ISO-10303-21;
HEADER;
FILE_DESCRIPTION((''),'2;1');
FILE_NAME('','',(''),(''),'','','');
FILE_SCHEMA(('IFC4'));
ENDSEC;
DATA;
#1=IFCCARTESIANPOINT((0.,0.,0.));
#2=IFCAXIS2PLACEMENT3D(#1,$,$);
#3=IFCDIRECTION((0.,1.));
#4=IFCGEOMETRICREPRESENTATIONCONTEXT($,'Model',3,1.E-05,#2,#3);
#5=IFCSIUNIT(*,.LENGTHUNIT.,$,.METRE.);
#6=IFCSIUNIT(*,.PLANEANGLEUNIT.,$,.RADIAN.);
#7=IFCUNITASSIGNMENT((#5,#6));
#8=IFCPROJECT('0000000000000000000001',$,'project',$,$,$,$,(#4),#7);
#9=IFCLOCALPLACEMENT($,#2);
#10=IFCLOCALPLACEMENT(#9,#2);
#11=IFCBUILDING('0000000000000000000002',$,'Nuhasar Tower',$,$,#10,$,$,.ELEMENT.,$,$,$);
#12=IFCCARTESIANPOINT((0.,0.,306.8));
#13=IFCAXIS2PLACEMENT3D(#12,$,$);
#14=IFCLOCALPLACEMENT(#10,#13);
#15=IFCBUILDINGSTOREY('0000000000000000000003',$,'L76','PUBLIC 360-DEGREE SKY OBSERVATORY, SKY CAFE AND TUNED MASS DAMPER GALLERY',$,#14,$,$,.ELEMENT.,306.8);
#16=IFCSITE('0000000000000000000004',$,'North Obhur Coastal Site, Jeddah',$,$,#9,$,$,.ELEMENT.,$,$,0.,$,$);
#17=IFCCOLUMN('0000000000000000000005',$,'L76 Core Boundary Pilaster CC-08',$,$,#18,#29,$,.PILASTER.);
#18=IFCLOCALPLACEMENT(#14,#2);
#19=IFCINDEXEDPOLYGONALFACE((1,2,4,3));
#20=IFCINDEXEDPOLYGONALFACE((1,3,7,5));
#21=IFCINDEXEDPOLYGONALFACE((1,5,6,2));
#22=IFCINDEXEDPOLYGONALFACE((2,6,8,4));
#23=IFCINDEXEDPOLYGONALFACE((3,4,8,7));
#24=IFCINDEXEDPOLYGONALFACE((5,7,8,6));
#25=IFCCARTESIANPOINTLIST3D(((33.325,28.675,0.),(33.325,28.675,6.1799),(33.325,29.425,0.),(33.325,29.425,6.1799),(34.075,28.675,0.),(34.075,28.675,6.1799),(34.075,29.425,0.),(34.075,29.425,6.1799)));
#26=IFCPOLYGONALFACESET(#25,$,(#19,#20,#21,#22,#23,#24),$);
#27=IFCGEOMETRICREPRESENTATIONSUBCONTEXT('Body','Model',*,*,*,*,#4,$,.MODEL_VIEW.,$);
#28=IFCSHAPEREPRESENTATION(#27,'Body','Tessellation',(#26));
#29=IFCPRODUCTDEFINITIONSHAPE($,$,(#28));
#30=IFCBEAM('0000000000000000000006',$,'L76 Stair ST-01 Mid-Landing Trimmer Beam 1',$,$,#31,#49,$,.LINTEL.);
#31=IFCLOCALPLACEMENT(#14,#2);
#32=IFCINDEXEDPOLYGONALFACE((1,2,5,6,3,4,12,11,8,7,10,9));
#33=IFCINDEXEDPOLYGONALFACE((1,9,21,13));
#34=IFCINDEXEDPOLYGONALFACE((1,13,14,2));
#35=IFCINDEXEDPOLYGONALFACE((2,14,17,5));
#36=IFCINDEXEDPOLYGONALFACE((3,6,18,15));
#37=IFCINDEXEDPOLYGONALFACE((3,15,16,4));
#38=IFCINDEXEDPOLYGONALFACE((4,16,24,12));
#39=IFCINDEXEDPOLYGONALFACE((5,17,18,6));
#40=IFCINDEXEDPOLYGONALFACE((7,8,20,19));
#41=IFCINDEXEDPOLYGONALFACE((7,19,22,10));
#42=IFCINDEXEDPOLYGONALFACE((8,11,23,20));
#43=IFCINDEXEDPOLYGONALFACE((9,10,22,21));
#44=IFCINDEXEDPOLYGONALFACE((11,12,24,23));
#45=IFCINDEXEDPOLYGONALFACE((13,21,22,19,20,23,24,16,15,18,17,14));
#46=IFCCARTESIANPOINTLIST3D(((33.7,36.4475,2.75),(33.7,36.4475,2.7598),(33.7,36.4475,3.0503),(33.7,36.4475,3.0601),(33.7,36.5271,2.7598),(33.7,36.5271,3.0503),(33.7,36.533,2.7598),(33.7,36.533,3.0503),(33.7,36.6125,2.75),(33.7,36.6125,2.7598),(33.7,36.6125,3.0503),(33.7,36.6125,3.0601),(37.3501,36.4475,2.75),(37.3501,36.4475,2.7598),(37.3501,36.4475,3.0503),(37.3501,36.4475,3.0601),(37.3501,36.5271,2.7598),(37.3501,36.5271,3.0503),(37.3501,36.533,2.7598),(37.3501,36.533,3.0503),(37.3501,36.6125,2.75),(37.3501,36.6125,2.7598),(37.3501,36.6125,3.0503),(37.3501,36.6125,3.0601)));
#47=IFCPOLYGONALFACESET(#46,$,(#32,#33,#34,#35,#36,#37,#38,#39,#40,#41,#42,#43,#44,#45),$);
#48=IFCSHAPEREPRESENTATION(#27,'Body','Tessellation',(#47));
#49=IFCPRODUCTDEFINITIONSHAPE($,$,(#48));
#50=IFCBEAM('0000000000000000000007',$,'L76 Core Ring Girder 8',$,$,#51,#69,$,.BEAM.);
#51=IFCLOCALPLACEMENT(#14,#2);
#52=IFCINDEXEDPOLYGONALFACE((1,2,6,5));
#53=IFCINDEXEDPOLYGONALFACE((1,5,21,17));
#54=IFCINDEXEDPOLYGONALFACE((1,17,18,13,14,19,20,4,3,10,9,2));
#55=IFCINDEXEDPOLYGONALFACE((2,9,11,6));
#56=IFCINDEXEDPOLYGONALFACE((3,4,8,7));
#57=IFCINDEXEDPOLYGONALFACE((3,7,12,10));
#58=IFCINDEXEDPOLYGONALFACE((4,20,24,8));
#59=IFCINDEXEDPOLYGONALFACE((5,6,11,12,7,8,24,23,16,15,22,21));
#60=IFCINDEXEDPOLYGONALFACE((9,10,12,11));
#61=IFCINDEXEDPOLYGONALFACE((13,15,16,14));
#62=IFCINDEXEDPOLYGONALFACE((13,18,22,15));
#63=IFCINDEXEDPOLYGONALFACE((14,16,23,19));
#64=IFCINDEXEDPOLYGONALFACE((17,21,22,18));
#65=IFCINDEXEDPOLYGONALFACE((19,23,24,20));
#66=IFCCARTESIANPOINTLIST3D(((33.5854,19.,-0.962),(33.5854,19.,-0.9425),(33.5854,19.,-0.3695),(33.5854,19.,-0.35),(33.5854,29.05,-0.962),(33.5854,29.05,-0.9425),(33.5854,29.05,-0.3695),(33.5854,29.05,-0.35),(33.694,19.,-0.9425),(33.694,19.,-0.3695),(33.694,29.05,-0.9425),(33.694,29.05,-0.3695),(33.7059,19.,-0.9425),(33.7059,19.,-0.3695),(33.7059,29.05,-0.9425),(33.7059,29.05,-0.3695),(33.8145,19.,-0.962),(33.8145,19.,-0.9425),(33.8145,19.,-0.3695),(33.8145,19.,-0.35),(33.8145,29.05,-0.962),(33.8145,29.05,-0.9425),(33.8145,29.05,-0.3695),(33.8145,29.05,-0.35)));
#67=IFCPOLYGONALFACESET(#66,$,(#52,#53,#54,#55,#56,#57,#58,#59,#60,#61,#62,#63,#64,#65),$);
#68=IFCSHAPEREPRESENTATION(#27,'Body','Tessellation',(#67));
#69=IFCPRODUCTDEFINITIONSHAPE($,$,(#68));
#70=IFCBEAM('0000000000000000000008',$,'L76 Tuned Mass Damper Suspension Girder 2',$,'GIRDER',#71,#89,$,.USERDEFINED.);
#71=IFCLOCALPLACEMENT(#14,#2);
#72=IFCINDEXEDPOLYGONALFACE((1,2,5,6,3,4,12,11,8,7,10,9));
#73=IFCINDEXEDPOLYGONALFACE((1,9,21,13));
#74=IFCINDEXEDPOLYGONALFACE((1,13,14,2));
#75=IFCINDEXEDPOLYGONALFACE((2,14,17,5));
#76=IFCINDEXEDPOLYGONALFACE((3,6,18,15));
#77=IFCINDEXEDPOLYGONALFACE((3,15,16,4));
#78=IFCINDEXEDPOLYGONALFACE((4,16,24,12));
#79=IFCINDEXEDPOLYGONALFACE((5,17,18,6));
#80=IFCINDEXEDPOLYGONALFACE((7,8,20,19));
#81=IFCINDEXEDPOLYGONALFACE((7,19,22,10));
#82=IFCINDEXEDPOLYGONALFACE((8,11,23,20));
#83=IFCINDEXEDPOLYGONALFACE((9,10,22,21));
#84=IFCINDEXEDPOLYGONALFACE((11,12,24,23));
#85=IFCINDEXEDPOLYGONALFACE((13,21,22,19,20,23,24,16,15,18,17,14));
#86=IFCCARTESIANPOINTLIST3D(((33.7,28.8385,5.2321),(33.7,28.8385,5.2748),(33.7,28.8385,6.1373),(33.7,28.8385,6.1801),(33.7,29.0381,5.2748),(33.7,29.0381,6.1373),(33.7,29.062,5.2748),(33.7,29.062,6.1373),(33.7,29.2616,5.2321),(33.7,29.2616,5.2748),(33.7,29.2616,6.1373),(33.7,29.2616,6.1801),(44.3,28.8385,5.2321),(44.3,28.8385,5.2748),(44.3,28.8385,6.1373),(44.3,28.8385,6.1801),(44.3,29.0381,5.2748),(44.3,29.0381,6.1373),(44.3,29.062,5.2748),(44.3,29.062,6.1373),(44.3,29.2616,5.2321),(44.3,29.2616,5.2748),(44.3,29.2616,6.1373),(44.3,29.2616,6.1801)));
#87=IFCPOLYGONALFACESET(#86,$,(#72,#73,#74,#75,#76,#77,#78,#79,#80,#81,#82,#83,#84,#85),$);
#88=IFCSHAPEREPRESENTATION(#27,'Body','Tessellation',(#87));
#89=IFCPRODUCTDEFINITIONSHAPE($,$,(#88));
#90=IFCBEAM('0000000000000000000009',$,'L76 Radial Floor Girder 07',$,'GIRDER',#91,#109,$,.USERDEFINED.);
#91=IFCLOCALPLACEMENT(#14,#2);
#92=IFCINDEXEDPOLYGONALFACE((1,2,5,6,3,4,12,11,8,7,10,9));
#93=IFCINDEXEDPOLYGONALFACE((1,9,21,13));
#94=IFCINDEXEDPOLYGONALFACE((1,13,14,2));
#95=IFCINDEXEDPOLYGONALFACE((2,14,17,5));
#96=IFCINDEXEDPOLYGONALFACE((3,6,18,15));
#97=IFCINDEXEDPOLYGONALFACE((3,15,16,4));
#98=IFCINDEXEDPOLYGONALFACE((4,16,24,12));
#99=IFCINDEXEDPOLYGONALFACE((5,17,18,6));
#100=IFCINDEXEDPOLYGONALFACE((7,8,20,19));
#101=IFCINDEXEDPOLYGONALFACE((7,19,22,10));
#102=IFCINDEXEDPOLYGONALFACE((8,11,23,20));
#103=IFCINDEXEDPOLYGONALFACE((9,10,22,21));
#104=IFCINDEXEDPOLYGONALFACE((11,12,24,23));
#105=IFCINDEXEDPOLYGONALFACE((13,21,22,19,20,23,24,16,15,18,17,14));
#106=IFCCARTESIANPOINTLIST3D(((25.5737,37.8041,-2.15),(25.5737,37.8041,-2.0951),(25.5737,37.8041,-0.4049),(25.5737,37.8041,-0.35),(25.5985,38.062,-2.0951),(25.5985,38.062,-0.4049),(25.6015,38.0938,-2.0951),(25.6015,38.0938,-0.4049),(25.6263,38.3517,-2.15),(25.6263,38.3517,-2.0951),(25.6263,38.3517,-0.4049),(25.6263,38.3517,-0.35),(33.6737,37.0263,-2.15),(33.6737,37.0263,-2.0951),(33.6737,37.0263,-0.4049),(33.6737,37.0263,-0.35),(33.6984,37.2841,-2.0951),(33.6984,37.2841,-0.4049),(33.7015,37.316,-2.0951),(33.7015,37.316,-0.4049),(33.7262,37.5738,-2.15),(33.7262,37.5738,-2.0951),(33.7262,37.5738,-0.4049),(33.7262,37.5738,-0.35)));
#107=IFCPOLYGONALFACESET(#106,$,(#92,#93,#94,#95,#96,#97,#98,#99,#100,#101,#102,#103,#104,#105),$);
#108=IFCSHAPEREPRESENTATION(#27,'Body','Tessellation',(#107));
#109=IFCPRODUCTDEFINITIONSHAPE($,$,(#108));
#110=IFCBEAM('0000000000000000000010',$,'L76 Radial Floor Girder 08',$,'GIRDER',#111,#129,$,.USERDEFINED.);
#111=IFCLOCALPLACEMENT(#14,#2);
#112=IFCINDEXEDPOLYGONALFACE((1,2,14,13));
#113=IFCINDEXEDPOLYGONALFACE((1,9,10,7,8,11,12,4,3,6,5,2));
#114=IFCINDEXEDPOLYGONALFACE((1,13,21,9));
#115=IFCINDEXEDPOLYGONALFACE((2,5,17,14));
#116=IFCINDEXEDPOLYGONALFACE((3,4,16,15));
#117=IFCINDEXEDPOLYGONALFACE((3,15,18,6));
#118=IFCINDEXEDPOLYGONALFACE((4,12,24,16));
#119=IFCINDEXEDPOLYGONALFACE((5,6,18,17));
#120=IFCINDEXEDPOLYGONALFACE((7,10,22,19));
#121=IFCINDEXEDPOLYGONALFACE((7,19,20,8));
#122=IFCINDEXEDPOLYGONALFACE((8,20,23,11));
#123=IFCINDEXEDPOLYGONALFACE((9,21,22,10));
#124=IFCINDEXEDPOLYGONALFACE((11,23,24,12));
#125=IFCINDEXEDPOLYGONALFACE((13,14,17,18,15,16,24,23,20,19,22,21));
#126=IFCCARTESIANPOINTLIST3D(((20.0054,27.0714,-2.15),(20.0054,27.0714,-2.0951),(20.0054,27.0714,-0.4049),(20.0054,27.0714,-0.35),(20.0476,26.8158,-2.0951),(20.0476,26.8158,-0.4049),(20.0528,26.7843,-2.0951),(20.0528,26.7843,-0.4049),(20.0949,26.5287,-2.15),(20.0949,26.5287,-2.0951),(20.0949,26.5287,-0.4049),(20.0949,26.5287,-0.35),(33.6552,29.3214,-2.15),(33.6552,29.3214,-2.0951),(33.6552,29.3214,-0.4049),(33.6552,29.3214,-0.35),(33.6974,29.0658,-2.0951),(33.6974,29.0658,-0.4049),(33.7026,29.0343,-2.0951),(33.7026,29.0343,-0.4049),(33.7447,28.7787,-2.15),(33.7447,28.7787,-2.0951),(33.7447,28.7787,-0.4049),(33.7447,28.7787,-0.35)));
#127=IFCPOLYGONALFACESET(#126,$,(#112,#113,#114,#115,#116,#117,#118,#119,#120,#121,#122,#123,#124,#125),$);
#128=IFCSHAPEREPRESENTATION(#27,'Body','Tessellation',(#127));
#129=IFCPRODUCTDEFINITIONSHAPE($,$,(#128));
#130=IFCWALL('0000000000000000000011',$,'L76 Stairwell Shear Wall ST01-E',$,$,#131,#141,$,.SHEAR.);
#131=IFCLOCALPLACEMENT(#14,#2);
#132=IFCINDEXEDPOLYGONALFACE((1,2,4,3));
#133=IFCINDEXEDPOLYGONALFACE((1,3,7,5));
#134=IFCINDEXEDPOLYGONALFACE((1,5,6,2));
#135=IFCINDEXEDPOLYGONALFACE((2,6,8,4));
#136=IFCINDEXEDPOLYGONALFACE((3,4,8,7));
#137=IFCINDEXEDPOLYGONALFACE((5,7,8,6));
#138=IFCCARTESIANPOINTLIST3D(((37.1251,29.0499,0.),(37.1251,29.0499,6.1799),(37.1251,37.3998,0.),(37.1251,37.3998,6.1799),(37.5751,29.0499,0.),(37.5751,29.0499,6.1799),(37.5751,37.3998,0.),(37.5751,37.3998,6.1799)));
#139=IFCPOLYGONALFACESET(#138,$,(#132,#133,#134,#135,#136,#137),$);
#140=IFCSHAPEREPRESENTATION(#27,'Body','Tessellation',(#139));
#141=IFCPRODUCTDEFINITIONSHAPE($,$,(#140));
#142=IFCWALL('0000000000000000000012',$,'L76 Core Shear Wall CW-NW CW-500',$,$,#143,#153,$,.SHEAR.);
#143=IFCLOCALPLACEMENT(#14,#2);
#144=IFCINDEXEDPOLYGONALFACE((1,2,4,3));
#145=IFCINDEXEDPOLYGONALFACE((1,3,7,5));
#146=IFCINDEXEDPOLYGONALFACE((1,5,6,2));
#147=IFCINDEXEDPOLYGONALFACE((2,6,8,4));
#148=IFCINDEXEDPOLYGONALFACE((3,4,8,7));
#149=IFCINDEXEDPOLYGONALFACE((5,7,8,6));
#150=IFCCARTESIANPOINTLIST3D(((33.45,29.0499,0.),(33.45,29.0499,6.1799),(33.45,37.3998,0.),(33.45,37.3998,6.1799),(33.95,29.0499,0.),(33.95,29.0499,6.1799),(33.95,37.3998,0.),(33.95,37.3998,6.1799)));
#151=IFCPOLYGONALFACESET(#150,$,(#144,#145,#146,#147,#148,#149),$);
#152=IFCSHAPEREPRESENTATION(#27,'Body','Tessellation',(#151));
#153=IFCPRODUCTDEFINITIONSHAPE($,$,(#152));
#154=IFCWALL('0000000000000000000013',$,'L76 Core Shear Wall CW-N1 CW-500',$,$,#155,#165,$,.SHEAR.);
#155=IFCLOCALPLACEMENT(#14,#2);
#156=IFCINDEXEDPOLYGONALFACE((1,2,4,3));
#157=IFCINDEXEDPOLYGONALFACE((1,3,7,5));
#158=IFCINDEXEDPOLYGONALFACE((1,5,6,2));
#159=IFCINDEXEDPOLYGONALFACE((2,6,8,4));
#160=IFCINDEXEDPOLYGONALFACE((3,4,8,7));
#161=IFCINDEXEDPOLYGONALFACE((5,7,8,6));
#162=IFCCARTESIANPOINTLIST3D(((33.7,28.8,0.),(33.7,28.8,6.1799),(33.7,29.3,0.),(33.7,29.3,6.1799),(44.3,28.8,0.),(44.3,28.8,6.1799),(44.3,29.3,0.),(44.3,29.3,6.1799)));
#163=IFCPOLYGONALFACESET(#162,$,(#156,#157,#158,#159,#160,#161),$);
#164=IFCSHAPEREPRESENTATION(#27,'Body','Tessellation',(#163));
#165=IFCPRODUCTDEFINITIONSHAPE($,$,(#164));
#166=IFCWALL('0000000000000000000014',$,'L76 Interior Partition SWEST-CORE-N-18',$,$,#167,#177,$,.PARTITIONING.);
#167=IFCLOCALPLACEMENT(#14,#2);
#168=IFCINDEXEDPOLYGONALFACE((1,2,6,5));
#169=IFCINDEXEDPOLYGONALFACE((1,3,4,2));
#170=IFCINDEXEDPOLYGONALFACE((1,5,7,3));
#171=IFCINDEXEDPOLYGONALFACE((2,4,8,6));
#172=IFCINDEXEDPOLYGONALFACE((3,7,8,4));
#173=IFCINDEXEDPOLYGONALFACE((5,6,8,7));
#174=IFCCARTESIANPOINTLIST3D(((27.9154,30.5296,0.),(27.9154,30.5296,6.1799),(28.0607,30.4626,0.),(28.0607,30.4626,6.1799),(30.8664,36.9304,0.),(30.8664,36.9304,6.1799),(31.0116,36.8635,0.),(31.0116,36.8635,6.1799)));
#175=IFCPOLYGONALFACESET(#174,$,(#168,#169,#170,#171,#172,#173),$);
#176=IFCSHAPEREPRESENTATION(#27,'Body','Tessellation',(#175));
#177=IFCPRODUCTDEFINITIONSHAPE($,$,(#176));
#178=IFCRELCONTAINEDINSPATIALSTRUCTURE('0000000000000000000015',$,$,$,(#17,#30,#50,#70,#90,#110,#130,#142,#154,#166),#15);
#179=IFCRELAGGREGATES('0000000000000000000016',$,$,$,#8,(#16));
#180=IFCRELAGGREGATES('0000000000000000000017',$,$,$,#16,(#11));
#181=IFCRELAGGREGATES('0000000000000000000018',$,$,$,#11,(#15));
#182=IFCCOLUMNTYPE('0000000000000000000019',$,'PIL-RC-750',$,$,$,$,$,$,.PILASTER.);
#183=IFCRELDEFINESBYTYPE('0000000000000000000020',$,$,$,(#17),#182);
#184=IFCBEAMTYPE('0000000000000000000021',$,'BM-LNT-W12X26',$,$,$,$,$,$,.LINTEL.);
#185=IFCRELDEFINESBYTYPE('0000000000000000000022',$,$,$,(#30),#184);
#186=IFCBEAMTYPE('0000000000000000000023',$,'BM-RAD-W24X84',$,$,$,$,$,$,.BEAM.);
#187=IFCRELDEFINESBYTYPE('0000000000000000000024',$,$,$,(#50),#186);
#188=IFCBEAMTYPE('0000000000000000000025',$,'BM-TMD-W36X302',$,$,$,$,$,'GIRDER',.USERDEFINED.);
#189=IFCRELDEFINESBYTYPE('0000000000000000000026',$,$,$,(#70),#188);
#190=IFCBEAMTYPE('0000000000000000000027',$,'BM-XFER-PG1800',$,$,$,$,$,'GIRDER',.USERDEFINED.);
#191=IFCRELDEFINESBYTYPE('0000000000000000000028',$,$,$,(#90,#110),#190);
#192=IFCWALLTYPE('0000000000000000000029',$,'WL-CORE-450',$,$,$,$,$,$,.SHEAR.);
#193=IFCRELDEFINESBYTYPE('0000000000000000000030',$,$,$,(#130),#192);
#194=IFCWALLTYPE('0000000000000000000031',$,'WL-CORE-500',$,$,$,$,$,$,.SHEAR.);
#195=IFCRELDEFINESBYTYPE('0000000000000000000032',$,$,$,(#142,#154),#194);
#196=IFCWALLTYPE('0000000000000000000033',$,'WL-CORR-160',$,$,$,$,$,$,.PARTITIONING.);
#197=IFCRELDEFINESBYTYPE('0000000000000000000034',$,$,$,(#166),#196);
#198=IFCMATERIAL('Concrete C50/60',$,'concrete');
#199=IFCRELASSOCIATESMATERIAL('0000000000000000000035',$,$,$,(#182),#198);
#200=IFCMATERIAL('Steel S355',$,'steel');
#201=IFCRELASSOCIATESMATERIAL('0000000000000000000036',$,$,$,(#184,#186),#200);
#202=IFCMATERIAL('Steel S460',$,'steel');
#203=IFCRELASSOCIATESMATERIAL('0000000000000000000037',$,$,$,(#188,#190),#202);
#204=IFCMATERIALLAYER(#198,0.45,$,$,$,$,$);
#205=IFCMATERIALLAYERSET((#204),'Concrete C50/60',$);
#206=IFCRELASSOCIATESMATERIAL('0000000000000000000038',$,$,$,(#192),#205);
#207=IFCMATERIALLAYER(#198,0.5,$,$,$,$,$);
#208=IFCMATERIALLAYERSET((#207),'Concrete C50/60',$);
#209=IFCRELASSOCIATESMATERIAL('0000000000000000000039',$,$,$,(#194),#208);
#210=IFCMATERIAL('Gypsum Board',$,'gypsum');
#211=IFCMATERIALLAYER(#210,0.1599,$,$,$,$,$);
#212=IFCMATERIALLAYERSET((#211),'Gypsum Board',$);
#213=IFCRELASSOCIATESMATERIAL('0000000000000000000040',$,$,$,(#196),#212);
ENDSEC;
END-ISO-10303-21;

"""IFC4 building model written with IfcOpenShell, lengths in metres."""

from ifc_helpers import new_model, si_unit, direction, frame, frame_2d, origin, origin_2d, place, context, subcontext, project, spatial, rectangle, i_section, extrude, material, layer, layer_set, material_profile, profile_set, type_object, element, save


model = new_model("IFC4")

# Units and contexts
model_context = context("Model", 3, precision=1e-05, world=origin(), true_north=direction((0.0, 1.0)))
body_context = subcontext(model_context, "Body", "Model", "MODEL_VIEW")
ifc_project = project(units=[si_unit("LENGTHUNIT", "METRE"), si_unit("PLANEANGLEUNIT", "RADIAN")], contexts=[model_context])

# Site, building, storey
site_placement = place(None, origin())
site = spatial("IfcSite", under=ifc_project, at=site_placement, Name="North Obhur Coastal Site, Jeddah", CompositionType="ELEMENT", RefElevation=0.0)
building_placement = place(site_placement, origin())
building = spatial("IfcBuilding", under=site, at=building_placement, Name="Nuhasar Tower", CompositionType="ELEMENT")
storey_placement = place(building_placement, frame((0.0, 0.0, 306.8)))
storey = spatial("IfcBuildingStorey", under=building, at=storey_placement, Name="L76", Description="PUBLIC 360-DEGREE SKY OBSERVATORY, SKY CAFE AND TUNED MASS DAMPER GALLERY", CompositionType="ELEMENT", Elevation=306.8)

# Column
ifc_material_1 = material(Name="Concrete C50/60", Category="concrete")
ifc_material_profile_1 = material_profile(ifc_material_1, rectangle(XDim=0.75, YDim=0.75, at=origin_2d()), Name="RC750X750")
ifc_profile_set_1 = profile_set([ifc_material_profile_1], Name="Concrete C50/60")
column_type = type_object("IfcColumnType", Name="PIL-RC-750", PredefinedType="PILASTER", material=ifc_profile_set_1)
column_placement = place(storey_placement, frame((33.7, 29.05, 0.0), z_axis=(0.0, 0.0, 1.0), x_axis=(1.0, 0.0, 0.0)))
element("IfcColumn", 1, at=column_placement, inside=storey, type_object=column_type, Name="L76 Core Boundary Pilaster CC-08", PredefinedType="PILASTER", context=body_context, shape_type="SweptSolid", body=[
    extrude(rectangle(XDim=0.75, YDim=0.75, at=origin_2d()), origin(), (0.0, 0.0, 1.0), 6.1799),
])

# Beams
ifc_material_2 = material(Name="Steel S355", Category="steel")
ifc_material_profile_2 = material_profile(ifc_material_2, i_section(OverallWidth=0.165, OverallDepth=0.3101, WebThickness=0.0059, FlangeThickness=0.0098, at=origin_2d()), Name="W12X26")
ifc_profile_set_2 = profile_set([ifc_material_profile_2], Name="Steel S355")
beam_type_1 = type_object("IfcBeamType", Name="BM-LNT-W12X26", PredefinedType="LINTEL", material=ifc_profile_set_2)
beam_1_placement = place(storey_placement, frame((33.7, 36.53, 2.905), z_axis=(1.0, 0.0, 0.0), x_axis=(0.0, 1.0, 0.0)))
element("IfcBeam", 2, at=beam_1_placement, inside=storey, type_object=beam_type_1, Name="L76 Stair ST-01 Mid-Landing Trimmer Beam 1", PredefinedType="LINTEL", context=body_context, shape_type="SweptSolid", body=[
    extrude(i_section(OverallWidth=0.165, OverallDepth=0.3101, WebThickness=0.0059, FlangeThickness=0.0098, at=origin_2d()), origin(), (0.0, 0.0, 1.0), 3.6501),
])
ifc_material_profile_3 = material_profile(ifc_material_2, i_section(OverallWidth=0.229, OverallDepth=0.6121, WebThickness=0.012, FlangeThickness=0.0195, at=origin_2d()), Name="W24X84")
ifc_profile_set_3 = profile_set([ifc_material_profile_3], Name="Steel S355")
beam_type_2 = type_object("IfcBeamType", Name="BM-RAD-W24X84", PredefinedType="BEAM", material=ifc_profile_set_3)
beam_2_placement = place(storey_placement, frame((33.7, 29.05, -0.656), z_axis=(0.0, -1.0, 0.0), x_axis=(1.0, 0.0, 0.0)))
element("IfcBeam", 3, at=beam_2_placement, inside=storey, type_object=beam_type_2, Name="L76 Core Ring Girder 8", PredefinedType="BEAM", context=body_context, shape_type="SweptSolid", body=[
    extrude(i_section(OverallWidth=0.229, OverallDepth=0.6121, WebThickness=0.012, FlangeThickness=0.0195, at=origin_2d()), origin(), (0.0, 0.0, 1.0), 10.05),
])
ifc_material_3 = material(Name="Steel S460", Category="steel")
ifc_material_profile_4 = material_profile(ifc_material_3, i_section(OverallWidth=0.4231, OverallDepth=0.948, WebThickness=0.0239, FlangeThickness=0.0427, at=origin_2d()), Name="W36X302")
ifc_profile_set_4 = profile_set([ifc_material_profile_4], Name="Steel S460")
beam_type_3 = type_object("IfcBeamType", Name="BM-TMD-W36X302", ElementType="GIRDER", PredefinedType="USERDEFINED", material=ifc_profile_set_4)
beam_3_placement = place(storey_placement, frame((33.7, 29.05, 5.7061), z_axis=(1.0, 0.0, 0.0), x_axis=(0.0, 1.0, 0.0)))
element("IfcBeam", 4, at=beam_3_placement, inside=storey, type_object=beam_type_3, Name="L76 Tuned Mass Damper Suspension Girder 2", ObjectType="GIRDER", PredefinedType="USERDEFINED", context=body_context, shape_type="SweptSolid", body=[
    extrude(i_section(OverallWidth=0.4231, OverallDepth=0.948, WebThickness=0.0239, FlangeThickness=0.0427, at=origin_2d()), origin(), (0.0, 0.0, 1.0), 10.6001),
])
ifc_material_profile_5 = material_profile(ifc_material_3, i_section(OverallWidth=0.55, OverallDepth=1.8, WebThickness=0.032, FlangeThickness=0.0549, at=origin_2d()), Name="PG1800X550")
ifc_profile_set_5 = profile_set([ifc_material_profile_5], Name="Steel S460")
beam_type_4 = type_object("IfcBeamType", Name="BM-XFER-PG1800", ElementType="GIRDER", PredefinedType="USERDEFINED", material=ifc_profile_set_5)
beam_4_placement = place(storey_placement, frame((33.7, 37.3, -1.25), z_axis=(-0.995421, 0.095591, 0.0), x_axis=(-0.095591, -0.995421, 0.0)))
element("IfcBeam", 5, at=beam_4_placement, inside=storey, type_object=beam_type_4, Name="L76 Radial Floor Girder 07", ObjectType="GIRDER", PredefinedType="USERDEFINED", context=body_context, shape_type="SweptSolid", body=[
    extrude(i_section(OverallWidth=0.55, OverallDepth=1.8, WebThickness=0.032, FlangeThickness=0.0549, at=origin_2d()), origin(), (0.0, 0.0, 1.0), 8.1372),
])
beam_5_placement = place(storey_placement, frame((33.7, 29.05, -1.25), z_axis=(-0.986685, -0.162642, 0.0), x_axis=(0.162642, -0.986685, 0.0)))
element("IfcBeam", 6, at=beam_5_placement, inside=storey, type_object=beam_type_4, Name="L76 Radial Floor Girder 08", ObjectType="GIRDER", PredefinedType="USERDEFINED", context=body_context, shape_type="SweptSolid", body=[
    extrude(i_section(OverallWidth=0.55, OverallDepth=1.8, WebThickness=0.032, FlangeThickness=0.0549, at=origin_2d()), origin(), (0.0, 0.0, 1.0), 13.834),
])

# Walls
ifc_layer_1 = layer(ifc_material_1, 0.45)
ifc_layer_set_1 = layer_set([ifc_layer_1], Name="Concrete C50/60")
wall_type_1 = type_object("IfcWallType", Name="WL-CORE-450", PredefinedType="SHEAR", material=ifc_layer_set_1)
wall_1_placement = place(storey_placement, frame((37.3501, 29.05, 0.0), z_axis=(0.0, 0.0, 1.0), x_axis=(0.0, 1.0, 0.0)))
element("IfcWall", 7, at=wall_1_placement, inside=storey, type_object=wall_type_1, Name="L76 Stairwell Shear Wall ST01-E", PredefinedType="SHEAR", context=body_context, shape_type="SweptSolid", body=[
    extrude(rectangle(XDim=8.3499, YDim=0.45, at=frame_2d((4.1748, 0.0))), origin(), (0.0, 0.0, 1.0), 6.1799),
])
ifc_layer_2 = layer(ifc_material_1, 0.5)
ifc_layer_set_2 = layer_set([ifc_layer_2], Name="Concrete C50/60")
wall_type_2 = type_object("IfcWallType", Name="WL-CORE-500", PredefinedType="SHEAR", material=ifc_layer_set_2)
wall_2_placement = place(storey_placement, frame((33.7, 29.05, 0.0), z_axis=(0.0, 0.0, 1.0), x_axis=(0.0, 1.0, 0.0)))
element("IfcWall", 8, at=wall_2_placement, inside=storey, type_object=wall_type_2, Name="L76 Core Shear Wall CW-NW CW-500", PredefinedType="SHEAR", context=body_context, shape_type="SweptSolid", body=[
    extrude(rectangle(XDim=8.3499, YDim=0.5, at=frame_2d((4.1748, 0.0))), origin(), (0.0, 0.0, 1.0), 6.1799),
])
wall_3_placement = place(storey_placement, frame((33.7, 29.05, 0.0), z_axis=(0.0, 0.0, 1.0), x_axis=(1.0, 0.0, 0.0)))
element("IfcWall", 9, at=wall_3_placement, inside=storey, type_object=wall_type_2, Name="L76 Core Shear Wall CW-N1 CW-500", PredefinedType="SHEAR", context=body_context, shape_type="SweptSolid", body=[
    extrude(rectangle(XDim=10.6001, YDim=0.5, at=frame_2d((5.3, 0.0))), origin(), (0.0, 0.0, 1.0), 6.1799),
])
ifc_material_4 = material(Name="Gypsum Board", Category="gypsum")
ifc_layer_3 = layer(ifc_material_4, 0.1599)
ifc_layer_set_3 = layer_set([ifc_layer_3], Name="Gypsum Board")
wall_type_3 = type_object("IfcWallType", Name="WL-CORR-160", PredefinedType="PARTITIONING", material=ifc_layer_set_3)
wall_4_placement = place(storey_placement, frame((30.939, 36.897, 0.0), z_axis=(0.0, 0.0, 1.0), x_axis=(-0.418669, -0.908139, 0.0)))
element("IfcWall", 10, at=wall_4_placement, inside=storey, type_object=wall_type_3, Name="L76 Interior Partition SWEST-CORE-N-18", PredefinedType="PARTITIONING", context=body_context, shape_type="SweptSolid", body=[
    extrude(rectangle(XDim=7.0483, YDim=0.1599, at=frame_2d((3.5242, 0.0))), origin(), (0.0, 0.0, 1.0), 6.1799),
])

save(model, "model.ifc")
